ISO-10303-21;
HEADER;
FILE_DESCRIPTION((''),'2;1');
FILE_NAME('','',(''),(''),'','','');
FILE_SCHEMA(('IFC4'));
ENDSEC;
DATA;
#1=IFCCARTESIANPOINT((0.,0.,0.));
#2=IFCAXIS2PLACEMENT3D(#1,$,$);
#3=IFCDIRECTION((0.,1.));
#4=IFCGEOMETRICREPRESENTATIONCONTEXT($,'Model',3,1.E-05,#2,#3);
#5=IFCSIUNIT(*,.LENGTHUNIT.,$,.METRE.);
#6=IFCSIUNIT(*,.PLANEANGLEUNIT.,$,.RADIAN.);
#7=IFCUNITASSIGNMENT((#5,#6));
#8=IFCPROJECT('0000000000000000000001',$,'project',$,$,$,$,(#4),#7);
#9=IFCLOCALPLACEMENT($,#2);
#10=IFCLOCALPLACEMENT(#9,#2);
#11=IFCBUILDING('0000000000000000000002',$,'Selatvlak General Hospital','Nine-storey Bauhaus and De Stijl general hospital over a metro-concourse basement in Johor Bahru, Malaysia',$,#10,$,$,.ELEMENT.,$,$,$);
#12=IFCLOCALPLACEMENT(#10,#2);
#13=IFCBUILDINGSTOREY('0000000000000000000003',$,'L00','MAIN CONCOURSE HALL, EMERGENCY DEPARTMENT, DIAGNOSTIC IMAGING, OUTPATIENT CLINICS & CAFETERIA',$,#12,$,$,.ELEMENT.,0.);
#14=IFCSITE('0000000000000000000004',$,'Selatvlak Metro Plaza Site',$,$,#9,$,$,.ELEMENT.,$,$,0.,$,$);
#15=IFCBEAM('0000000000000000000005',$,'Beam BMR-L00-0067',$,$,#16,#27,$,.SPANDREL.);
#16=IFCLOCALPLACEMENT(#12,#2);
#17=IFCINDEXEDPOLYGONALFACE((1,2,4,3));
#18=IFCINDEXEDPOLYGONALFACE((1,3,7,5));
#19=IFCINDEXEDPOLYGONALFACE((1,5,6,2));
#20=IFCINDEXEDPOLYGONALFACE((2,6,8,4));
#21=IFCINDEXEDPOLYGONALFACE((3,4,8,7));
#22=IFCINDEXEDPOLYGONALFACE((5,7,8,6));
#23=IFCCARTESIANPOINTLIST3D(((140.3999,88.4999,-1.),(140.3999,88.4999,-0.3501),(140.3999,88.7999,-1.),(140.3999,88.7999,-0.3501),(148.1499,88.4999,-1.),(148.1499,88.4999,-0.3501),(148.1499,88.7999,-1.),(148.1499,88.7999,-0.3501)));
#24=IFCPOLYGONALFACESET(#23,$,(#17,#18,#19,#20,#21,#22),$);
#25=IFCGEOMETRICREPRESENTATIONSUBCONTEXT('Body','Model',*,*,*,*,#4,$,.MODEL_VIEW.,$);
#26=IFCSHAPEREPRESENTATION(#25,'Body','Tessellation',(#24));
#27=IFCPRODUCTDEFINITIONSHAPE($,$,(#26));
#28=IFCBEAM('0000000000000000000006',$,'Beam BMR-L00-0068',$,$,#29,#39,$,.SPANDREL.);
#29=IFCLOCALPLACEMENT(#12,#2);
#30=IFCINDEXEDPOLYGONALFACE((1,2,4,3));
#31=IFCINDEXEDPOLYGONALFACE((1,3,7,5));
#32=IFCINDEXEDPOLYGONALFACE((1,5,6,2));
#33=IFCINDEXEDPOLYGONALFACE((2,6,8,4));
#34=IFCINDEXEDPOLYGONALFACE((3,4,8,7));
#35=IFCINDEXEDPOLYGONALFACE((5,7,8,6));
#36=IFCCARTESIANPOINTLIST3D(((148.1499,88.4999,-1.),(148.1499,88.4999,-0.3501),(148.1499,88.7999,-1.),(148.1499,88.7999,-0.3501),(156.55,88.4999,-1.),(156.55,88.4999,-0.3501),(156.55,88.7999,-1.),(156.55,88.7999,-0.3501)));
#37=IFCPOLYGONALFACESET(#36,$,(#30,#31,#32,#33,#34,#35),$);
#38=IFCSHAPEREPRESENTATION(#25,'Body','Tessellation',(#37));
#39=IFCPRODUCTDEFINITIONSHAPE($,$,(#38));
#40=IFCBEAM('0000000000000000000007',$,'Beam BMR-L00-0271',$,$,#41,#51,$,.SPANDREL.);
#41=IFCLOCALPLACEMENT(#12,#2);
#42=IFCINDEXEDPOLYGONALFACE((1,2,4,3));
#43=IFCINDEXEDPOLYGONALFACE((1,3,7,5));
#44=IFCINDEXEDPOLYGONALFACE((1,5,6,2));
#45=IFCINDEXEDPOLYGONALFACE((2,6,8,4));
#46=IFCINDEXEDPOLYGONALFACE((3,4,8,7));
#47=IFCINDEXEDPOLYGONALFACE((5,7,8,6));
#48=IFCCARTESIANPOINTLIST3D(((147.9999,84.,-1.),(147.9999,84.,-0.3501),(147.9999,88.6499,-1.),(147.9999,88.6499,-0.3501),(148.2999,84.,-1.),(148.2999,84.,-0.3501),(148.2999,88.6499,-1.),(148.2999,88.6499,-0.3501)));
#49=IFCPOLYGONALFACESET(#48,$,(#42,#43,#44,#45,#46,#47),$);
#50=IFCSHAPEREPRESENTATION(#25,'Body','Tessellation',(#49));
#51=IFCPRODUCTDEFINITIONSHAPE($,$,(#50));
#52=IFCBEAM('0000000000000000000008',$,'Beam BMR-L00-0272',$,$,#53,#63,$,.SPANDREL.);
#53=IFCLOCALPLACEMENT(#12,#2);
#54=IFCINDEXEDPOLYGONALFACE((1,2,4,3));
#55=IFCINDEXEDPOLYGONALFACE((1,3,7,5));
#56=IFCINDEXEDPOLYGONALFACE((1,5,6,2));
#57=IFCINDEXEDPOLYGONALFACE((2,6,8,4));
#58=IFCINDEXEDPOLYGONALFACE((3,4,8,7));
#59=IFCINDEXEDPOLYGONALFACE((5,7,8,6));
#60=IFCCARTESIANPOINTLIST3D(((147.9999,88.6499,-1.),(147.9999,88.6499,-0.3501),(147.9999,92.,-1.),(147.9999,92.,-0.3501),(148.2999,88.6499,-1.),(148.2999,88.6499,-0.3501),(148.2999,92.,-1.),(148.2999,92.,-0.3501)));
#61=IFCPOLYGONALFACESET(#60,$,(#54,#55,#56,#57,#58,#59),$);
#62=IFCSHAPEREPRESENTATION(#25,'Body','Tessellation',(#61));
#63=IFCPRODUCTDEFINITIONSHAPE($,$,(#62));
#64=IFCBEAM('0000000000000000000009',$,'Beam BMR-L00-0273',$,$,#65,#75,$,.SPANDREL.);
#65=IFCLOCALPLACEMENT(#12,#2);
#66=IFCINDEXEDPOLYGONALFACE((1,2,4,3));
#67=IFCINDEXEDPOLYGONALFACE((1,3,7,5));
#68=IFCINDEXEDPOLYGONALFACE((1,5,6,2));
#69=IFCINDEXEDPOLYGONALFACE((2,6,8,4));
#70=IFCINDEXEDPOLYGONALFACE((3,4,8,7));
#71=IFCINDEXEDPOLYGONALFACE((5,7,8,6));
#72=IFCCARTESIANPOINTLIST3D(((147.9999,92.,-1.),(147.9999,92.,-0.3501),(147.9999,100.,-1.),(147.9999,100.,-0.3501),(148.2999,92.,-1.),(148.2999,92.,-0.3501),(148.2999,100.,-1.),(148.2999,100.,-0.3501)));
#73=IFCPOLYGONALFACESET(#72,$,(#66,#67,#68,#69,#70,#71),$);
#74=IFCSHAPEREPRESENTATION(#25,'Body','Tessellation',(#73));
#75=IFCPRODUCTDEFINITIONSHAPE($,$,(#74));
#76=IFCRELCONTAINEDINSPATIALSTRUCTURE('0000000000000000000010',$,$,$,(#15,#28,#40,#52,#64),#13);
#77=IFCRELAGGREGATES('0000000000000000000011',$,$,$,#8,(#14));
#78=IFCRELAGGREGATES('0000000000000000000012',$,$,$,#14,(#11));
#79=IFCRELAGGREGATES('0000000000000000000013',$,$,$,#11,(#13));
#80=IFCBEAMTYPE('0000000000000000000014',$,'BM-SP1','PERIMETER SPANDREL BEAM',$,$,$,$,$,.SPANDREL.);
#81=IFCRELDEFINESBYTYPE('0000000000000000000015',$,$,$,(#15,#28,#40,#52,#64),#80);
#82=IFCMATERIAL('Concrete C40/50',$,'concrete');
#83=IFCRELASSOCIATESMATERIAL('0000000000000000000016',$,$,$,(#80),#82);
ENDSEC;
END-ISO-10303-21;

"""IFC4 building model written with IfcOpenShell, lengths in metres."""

from ifc_helpers import new_model, si_unit, direction, frame, origin, origin_2d, place, context, subcontext, project, spatial, rectangle, extrude, material, material_profile, profile_set, type_object, element, save


model = new_model("IFC4")

# Units and contexts
model_context = context("Model", 3, precision=1e-05, world=origin(), true_north=direction((0.0, 1.0)))
body_context = subcontext(model_context, "Body", "Model", "MODEL_VIEW")
ifc_project = project(units=[si_unit("LENGTHUNIT", "METRE"), si_unit("PLANEANGLEUNIT", "RADIAN")], contexts=[model_context])

# Site, building, storey
site_placement = place(None, origin())
site = spatial("IfcSite", under=ifc_project, at=site_placement, Name="Selatvlak Metro Plaza Site", CompositionType="ELEMENT", RefElevation=0.0)
building_placement = place(site_placement, origin())
building = spatial("IfcBuilding", under=site, at=building_placement, Name="Selatvlak General Hospital", Description="Nine-storey Bauhaus and De Stijl general hospital over a metro-concourse basement in Johor Bahru, Malaysia", CompositionType="ELEMENT")
storey_placement = place(building_placement, origin())
storey = spatial("IfcBuildingStorey", under=building, at=storey_placement, Name="L00", Description="MAIN CONCOURSE HALL, EMERGENCY DEPARTMENT, DIAGNOSTIC IMAGING, OUTPATIENT CLINICS & CAFETERIA", CompositionType="ELEMENT", Elevation=0.0)

# Beams
ifc_material_1 = material(Name="Concrete C40/50", Category="concrete")
ifc_material_profile_1 = material_profile(ifc_material_1, rectangle(XDim=0.3, YDim=0.6499, at=origin_2d()), Name="RC-SP 300x650")
ifc_profile_set_1 = profile_set([ifc_material_profile_1], Name="Concrete C40/50")
beam_type_1 = type_object("IfcBeamType", Name="BM-SP1", Description="PERIMETER SPANDREL BEAM", PredefinedType="SPANDREL", material=ifc_profile_set_1)
beam_1_placement = place(storey_placement, frame((140.3999, 88.6499, -0.675), z_axis=(1.0, 0.0, 0.0), x_axis=(0.0, 1.0, 0.0)))
element("IfcBeam", 1, at=beam_1_placement, inside=storey, type_object=beam_type_1, Name="Beam BMR-L00-0067", PredefinedType="SPANDREL", context=body_context, shape_type="SweptSolid", body=[
    extrude(rectangle(XDim=0.3, YDim=0.6499, at=origin_2d()), origin(), (0.0, 0.0, 1.0), 7.75),
])
beam_2_placement = place(storey_placement, frame((148.1499, 88.6499, -0.675), z_axis=(1.0, 0.0, 0.0), x_axis=(0.0, 1.0, 0.0)))
element("IfcBeam", 2, at=beam_2_placement, inside=storey, type_object=beam_type_1, Name="Beam BMR-L00-0068", PredefinedType="SPANDREL", context=body_context, shape_type="SweptSolid", body=[
    extrude(rectangle(XDim=0.3, YDim=0.6499, at=origin_2d()), origin(), (0.0, 0.0, 1.0), 8.4001),
])
beam_3_placement = place(storey_placement, frame((148.1499, 84.0, -0.675), z_axis=(0.0, 1.0, 0.0), x_axis=(-1.0, 0.0, 0.0)))
element("IfcBeam", 3, at=beam_3_placement, inside=storey, type_object=beam_type_1, Name="Beam BMR-L00-0271", PredefinedType="SPANDREL", context=body_context, shape_type="SweptSolid", body=[
    extrude(rectangle(XDim=0.3, YDim=0.6499, at=origin_2d()), origin(), (0.0, 0.0, 1.0), 4.6499),
])
beam_4_placement = place(storey_placement, frame((148.1499, 88.6499, -0.675), z_axis=(0.0, 1.0, 0.0), x_axis=(-1.0, 0.0, 0.0)))
element("IfcBeam", 4, at=beam_4_placement, inside=storey, type_object=beam_type_1, Name="Beam BMR-L00-0272", PredefinedType="SPANDREL", context=body_context, shape_type="SweptSolid", body=[
    extrude(rectangle(XDim=0.3, YDim=0.6499, at=origin_2d()), origin(), (0.0, 0.0, 1.0), 3.3501),
])
beam_5_placement = place(storey_placement, frame((148.1499, 92.0, -0.675), z_axis=(0.0, 1.0, 0.0), x_axis=(-1.0, 0.0, 0.0)))
element("IfcBeam", 5, at=beam_5_placement, inside=storey, type_object=beam_type_1, Name="Beam BMR-L00-0273", PredefinedType="SPANDREL", context=body_context, shape_type="SweptSolid", body=[
    extrude(rectangle(XDim=0.3, YDim=0.6499, at=origin_2d()), origin(), (0.0, 0.0, 1.0), 8.0),
])

save(model, "model.ifc")
